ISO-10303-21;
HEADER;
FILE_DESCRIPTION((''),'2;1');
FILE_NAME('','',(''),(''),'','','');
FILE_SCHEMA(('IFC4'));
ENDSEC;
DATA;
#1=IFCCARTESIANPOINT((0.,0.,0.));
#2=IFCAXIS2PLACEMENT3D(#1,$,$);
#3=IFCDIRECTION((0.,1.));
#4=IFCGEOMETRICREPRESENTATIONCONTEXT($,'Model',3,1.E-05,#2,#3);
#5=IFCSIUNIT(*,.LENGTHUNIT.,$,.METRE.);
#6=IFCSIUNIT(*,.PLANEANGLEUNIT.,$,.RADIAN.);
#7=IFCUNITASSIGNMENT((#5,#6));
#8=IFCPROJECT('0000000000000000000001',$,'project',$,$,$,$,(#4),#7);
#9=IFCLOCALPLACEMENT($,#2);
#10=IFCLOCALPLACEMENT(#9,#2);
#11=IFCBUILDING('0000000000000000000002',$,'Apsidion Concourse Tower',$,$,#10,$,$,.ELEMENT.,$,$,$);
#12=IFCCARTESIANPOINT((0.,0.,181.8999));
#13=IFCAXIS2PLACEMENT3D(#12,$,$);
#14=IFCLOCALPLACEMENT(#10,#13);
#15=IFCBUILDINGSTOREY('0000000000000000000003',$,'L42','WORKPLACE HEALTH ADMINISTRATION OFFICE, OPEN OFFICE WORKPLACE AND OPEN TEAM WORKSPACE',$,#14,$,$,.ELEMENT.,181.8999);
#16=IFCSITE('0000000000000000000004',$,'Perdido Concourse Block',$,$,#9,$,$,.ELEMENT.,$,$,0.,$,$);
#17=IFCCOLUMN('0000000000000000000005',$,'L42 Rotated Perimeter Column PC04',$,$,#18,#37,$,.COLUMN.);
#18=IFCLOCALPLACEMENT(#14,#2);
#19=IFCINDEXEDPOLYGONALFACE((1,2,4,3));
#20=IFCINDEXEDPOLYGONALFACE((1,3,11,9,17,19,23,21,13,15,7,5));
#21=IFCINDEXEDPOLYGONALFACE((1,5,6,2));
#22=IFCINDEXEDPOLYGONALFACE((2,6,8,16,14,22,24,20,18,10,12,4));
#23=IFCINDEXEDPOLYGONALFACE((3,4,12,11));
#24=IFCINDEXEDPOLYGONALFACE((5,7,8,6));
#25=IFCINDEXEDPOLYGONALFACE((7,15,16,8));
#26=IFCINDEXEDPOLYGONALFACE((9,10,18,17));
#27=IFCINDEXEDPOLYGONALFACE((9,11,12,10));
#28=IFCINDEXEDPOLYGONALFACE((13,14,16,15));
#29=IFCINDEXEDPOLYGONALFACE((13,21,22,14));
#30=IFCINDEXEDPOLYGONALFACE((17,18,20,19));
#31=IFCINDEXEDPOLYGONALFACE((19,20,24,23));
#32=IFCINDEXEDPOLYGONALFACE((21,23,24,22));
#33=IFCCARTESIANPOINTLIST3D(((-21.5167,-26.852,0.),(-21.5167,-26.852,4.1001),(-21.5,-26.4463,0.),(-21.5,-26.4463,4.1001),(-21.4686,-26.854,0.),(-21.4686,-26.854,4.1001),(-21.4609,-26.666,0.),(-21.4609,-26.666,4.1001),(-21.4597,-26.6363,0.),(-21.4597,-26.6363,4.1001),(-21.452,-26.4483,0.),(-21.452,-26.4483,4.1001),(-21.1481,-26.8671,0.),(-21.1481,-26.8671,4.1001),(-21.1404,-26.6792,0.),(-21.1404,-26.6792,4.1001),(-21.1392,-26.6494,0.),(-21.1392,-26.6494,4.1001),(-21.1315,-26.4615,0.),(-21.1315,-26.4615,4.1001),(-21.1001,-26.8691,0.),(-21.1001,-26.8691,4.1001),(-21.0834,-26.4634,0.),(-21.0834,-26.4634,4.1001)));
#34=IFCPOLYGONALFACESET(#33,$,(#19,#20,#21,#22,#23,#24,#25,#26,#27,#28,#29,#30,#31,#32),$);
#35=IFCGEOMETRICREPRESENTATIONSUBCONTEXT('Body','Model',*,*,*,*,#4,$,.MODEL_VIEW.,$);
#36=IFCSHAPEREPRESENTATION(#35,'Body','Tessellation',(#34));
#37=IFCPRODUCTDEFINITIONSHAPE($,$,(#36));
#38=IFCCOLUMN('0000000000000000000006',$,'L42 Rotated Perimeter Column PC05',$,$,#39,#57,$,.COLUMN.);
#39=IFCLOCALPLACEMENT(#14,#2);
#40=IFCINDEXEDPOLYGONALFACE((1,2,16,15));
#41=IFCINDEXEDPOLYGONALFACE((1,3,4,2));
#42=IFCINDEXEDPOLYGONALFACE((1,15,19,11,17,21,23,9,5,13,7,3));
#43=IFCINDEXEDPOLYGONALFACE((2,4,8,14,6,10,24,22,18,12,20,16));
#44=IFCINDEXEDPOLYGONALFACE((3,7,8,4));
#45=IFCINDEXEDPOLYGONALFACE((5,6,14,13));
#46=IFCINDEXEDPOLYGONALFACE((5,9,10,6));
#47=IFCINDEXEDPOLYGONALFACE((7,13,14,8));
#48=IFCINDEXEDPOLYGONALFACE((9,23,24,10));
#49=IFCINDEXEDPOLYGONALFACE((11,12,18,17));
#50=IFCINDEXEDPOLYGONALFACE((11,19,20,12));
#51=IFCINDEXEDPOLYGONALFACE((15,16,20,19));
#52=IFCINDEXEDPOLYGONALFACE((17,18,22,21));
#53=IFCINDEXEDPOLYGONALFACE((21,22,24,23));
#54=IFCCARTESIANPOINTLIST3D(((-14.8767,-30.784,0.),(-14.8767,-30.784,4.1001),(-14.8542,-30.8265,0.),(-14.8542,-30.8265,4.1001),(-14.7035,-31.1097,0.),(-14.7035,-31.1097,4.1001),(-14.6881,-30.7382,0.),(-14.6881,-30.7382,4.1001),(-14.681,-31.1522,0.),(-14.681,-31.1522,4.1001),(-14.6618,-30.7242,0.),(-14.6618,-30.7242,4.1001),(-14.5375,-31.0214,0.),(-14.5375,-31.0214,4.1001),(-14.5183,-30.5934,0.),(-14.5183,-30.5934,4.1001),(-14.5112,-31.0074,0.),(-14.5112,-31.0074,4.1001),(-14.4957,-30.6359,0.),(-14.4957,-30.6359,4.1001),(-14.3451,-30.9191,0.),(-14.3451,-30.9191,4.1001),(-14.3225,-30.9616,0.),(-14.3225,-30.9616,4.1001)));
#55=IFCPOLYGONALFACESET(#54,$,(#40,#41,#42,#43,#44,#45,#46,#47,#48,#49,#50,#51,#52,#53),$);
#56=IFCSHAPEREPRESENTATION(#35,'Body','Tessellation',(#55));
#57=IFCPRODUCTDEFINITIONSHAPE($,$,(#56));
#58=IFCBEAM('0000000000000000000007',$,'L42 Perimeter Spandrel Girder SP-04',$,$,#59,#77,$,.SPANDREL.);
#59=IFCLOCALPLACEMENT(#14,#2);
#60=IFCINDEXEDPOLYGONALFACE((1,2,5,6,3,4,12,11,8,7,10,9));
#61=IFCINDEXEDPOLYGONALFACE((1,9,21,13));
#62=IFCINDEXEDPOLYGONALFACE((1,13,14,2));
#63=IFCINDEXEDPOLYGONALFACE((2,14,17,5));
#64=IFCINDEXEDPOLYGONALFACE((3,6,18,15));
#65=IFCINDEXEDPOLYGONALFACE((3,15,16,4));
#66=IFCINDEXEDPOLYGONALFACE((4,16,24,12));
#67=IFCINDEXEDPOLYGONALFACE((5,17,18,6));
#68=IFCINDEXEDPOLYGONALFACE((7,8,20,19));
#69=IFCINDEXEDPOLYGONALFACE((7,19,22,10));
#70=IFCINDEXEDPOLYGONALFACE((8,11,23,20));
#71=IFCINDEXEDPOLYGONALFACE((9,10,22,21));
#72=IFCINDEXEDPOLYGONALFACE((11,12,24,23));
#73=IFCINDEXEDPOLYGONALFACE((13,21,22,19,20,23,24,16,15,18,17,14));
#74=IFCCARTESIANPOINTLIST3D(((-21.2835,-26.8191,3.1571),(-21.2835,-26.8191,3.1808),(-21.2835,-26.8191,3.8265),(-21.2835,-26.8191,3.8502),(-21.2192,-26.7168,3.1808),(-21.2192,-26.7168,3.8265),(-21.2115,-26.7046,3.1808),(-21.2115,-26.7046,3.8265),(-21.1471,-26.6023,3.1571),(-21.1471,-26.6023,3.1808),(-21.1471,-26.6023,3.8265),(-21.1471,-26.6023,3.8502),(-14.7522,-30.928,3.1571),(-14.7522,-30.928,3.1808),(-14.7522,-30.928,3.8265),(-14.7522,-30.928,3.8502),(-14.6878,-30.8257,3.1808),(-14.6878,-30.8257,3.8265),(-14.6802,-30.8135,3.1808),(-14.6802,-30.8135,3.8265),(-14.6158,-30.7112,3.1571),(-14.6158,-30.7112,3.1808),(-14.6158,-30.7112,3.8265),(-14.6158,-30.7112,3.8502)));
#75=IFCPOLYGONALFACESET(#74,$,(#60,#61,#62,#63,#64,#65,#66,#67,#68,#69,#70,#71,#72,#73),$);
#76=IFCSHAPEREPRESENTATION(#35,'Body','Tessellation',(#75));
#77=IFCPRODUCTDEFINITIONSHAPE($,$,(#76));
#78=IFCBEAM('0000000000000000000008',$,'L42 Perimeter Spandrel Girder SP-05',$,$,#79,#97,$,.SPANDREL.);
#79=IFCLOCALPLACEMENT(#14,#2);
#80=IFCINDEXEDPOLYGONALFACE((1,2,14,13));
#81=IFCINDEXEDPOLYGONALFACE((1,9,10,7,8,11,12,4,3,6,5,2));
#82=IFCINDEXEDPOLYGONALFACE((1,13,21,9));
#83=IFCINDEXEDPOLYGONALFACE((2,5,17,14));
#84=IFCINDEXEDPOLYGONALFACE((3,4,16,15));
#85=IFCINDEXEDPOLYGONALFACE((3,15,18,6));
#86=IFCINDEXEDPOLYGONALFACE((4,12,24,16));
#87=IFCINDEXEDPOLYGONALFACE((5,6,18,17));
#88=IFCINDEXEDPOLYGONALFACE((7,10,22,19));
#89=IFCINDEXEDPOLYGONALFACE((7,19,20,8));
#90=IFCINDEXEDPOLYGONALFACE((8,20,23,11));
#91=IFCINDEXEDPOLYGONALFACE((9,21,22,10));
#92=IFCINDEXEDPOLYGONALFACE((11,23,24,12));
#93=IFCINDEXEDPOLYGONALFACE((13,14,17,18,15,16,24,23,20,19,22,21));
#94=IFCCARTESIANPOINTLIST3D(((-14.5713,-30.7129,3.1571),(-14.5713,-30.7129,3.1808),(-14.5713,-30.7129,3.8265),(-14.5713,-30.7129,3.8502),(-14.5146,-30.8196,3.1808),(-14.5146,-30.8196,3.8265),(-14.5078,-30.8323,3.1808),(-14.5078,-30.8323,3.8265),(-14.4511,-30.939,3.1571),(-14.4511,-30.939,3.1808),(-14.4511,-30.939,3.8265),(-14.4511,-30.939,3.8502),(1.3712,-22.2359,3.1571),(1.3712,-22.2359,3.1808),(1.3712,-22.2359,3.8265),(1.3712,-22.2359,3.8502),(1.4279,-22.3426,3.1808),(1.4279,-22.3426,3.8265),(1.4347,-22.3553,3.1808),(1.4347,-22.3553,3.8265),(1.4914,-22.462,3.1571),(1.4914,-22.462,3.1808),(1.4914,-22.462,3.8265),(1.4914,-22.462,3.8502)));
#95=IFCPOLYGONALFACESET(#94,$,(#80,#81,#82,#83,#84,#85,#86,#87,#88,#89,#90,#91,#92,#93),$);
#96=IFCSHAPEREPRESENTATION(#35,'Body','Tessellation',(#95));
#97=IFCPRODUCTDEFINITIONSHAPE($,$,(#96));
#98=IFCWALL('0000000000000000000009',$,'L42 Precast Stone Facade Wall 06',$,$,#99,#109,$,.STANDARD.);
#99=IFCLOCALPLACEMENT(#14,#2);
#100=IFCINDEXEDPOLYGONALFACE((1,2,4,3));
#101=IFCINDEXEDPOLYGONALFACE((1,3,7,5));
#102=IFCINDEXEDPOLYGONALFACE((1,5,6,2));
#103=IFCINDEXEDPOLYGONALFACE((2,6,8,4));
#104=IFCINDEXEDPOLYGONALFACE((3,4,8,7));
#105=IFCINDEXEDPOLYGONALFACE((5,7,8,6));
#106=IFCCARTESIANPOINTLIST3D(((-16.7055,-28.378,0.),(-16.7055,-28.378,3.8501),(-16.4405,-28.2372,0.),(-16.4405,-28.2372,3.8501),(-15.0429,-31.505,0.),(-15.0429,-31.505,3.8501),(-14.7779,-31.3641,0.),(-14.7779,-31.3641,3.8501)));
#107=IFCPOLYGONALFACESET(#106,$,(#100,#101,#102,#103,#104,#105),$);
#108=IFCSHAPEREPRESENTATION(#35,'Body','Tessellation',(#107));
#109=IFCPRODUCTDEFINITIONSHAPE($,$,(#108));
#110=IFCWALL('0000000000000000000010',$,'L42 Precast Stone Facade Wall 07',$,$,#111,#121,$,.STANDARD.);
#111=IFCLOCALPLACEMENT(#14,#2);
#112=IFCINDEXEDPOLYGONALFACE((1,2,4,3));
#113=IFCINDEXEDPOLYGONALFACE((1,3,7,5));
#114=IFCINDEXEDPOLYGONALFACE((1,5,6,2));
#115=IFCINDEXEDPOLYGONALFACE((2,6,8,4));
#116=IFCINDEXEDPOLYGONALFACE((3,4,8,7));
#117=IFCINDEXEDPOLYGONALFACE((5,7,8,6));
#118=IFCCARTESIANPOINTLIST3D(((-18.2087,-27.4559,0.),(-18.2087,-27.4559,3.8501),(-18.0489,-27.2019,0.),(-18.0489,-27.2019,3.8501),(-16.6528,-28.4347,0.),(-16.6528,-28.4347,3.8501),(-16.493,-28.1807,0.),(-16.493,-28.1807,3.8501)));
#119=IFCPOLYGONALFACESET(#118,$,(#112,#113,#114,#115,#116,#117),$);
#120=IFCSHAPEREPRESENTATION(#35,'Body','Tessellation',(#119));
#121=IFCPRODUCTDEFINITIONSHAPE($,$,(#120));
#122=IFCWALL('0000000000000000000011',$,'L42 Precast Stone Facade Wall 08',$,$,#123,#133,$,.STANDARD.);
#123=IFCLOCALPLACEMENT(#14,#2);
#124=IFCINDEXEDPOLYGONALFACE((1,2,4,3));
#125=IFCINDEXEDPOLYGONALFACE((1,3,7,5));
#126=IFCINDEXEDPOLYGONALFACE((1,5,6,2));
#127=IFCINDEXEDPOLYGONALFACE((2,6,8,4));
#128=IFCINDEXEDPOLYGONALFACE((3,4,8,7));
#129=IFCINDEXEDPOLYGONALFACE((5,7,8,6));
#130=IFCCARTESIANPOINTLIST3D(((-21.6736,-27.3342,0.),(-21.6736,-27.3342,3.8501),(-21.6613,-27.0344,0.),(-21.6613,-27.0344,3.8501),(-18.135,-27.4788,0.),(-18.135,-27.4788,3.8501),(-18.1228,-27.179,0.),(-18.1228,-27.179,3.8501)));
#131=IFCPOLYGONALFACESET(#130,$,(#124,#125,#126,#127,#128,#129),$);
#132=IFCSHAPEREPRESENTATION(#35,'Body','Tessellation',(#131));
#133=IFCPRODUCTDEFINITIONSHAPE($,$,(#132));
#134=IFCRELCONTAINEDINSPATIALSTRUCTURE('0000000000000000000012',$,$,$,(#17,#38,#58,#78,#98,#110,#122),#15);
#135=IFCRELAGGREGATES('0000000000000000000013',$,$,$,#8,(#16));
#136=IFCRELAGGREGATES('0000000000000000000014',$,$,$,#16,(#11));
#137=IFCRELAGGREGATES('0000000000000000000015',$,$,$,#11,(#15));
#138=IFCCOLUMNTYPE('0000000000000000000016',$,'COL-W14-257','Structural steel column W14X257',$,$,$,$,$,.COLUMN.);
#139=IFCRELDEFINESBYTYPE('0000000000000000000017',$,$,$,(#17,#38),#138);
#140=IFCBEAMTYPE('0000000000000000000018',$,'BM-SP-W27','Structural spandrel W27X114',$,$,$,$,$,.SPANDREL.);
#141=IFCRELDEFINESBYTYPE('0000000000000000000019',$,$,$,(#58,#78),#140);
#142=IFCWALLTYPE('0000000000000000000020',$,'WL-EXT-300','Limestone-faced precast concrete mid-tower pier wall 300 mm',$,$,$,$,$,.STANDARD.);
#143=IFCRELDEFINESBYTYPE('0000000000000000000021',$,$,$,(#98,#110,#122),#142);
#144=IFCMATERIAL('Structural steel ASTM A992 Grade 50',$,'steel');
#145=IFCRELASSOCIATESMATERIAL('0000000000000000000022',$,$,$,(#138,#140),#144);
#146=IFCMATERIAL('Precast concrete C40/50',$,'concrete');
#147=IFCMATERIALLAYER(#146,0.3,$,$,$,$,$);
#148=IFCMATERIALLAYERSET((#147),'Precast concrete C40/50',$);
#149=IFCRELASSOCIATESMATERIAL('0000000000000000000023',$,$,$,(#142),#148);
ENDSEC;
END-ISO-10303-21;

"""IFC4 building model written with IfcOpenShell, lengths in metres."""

from ifc_helpers import new_model, si_unit, direction, frame, frame_2d, origin, origin_2d, place, context, subcontext, project, spatial, rectangle, i_section, extrude, material, layer, layer_set, material_profile, profile_set, type_object, element, save


model = new_model("IFC4")

# Units and contexts
model_context = context("Model", 3, precision=1e-05, world=origin(), true_north=direction((0.0, 1.0)))
body_context = subcontext(model_context, "Body", "Model", "MODEL_VIEW")
ifc_project = project(units=[si_unit("LENGTHUNIT", "METRE"), si_unit("PLANEANGLEUNIT", "RADIAN")], contexts=[model_context])

# Site, building, storey
site_placement = place(None, origin())
site = spatial("IfcSite", under=ifc_project, at=site_placement, Name="Perdido Concourse Block", CompositionType="ELEMENT", RefElevation=0.0)
building_placement = place(site_placement, origin())
building = spatial("IfcBuilding", under=site, at=building_placement, Name="Apsidion Concourse Tower", CompositionType="ELEMENT")
storey_placement = place(building_placement, frame((0.0, 0.0, 181.8999)))
storey = spatial("IfcBuildingStorey", under=building, at=storey_placement, Name="L42", Description="WORKPLACE HEALTH ADMINISTRATION OFFICE, OPEN OFFICE WORKPLACE AND OPEN TEAM WORKSPACE", CompositionType="ELEMENT", Elevation=181.8999)

# Columns
ifc_material_1 = material(Name="Structural steel ASTM A992 Grade 50", Category="steel")
ifc_material_profile_1 = material_profile(ifc_material_1, i_section(OverallWidth=0.406, OverallDepth=0.417, WebThickness=0.0298, FlangeThickness=0.0481, at=origin_2d()), Name="W14X257")
ifc_profile_set_1 = profile_set([ifc_material_profile_1], Name="Structural steel ASTM A992 Grade 50")
column_type = type_object("IfcColumnType", Name="COL-W14-257", Description="Structural steel column W14X257", PredefinedType="COLUMN", material=ifc_profile_set_1)
for number, where, z_axis, x_axis, name in (
    (1, (-21.3, -26.6577, 0.0), (0.0, 0.0, 1.0), (0.041004, 0.999159, 0.0), "L42 Rotated Perimeter Column PC04"),
    (2, (-14.5996, -30.8728, 0.0), (0.0, 0.0, 1.0), (0.882948, 0.469472, 0.0), "L42 Rotated Perimeter Column PC05"),
):
    element("IfcColumn", number, at=place(storey_placement, frame(where, z_axis=z_axis, x_axis=x_axis)), inside=storey, type_object=column_type, Name=name, PredefinedType="COLUMN", context=body_context, shape_type="SweptSolid", body=[
        extrude(i_section(OverallWidth=0.406, OverallDepth=0.417, WebThickness=0.0298, FlangeThickness=0.0481, at=origin_2d()), origin(), (0.0, 0.0, 1.0), 4.1001),
    ])

# Beams
ifc_material_profile_2 = material_profile(ifc_material_1, i_section(OverallWidth=0.2561, OverallDepth=0.6931, WebThickness=0.0144, FlangeThickness=0.0237, at=origin_2d()), Name="W27X114")
ifc_profile_set_2 = profile_set([ifc_material_profile_2], Name="Structural steel ASTM A992 Grade 50")
beam_type = type_object("IfcBeamType", Name="BM-SP-W27", Description="Structural spandrel W27X114", PredefinedType="SPANDREL", material=ifc_profile_set_2)
beam_1_placement = place(storey_placement, frame((-21.2153, -26.7107, 3.5037), z_axis=(0.84643, -0.532499, 0.0), x_axis=(0.532499, 0.84643, 0.0)))
element("IfcBeam", 3, at=beam_1_placement, inside=storey, type_object=beam_type, Name="L42 Perimeter Spandrel Girder SP-04", PredefinedType="SPANDREL", context=body_context, shape_type="SweptSolid", body=[
    extrude(i_section(OverallWidth=0.2561, OverallDepth=0.6931, WebThickness=0.0144, FlangeThickness=0.0237, at=origin_2d()), origin(), (0.0, 0.0, 1.0), 7.7163),
])
beam_2_placement = place(storey_placement, frame((-14.5112, -30.8259, 3.5037), z_axis=(0.882943, 0.46948, 0.0), x_axis=(-0.46948, 0.882943, 0.0)))
element("IfcBeam", 4, at=beam_2_placement, inside=storey, type_object=beam_type, Name="L42 Perimeter Spandrel Girder SP-05", PredefinedType="SPANDREL", context=body_context, shape_type="SweptSolid", body=[
    extrude(i_section(OverallWidth=0.2561, OverallDepth=0.6931, WebThickness=0.0144, FlangeThickness=0.0237, at=origin_2d()), origin(), (0.0, 0.0, 1.0), 18.0562),
])

# Walls
ifc_material_2 = material(Name="Precast concrete C40/50", Category="concrete")
ifc_layer_1 = layer(ifc_material_2, 0.3)
ifc_layer_set_1 = layer_set([ifc_layer_1], Name="Precast concrete C40/50")
wall_type_1 = type_object("IfcWallType", Name="WL-EXT-300", Description="Limestone-faced precast concrete mid-tower pier wall 300 mm", PredefinedType="STANDARD", material=ifc_layer_set_1)
wall_1_placement = place(storey_placement, frame((-14.9104, -31.4346, 0.0), z_axis=(0.0, 0.0, 1.0), x_axis=(-0.469464, 0.882951, 0.0)))
element("IfcWall", 5, at=wall_1_placement, inside=storey, type_object=wall_type_1, Name="L42 Precast Stone Facade Wall 06", PredefinedType="STANDARD", context=body_context, shape_type="SweptSolid", body=[
    extrude(rectangle(XDim=3.5415, YDim=0.3, at=frame_2d((1.7708, 0.0))), origin(), (0.0, 0.0, 1.0), 3.8501),
])
wall_2_placement = place(storey_placement, frame((-16.573, -28.3076, 0.0), z_axis=(0.0, 0.0, 1.0), x_axis=(-0.84645, 0.532468, 0.0)))
element("IfcWall", 6, at=wall_2_placement, inside=storey, type_object=wall_type_1, Name="L42 Precast Stone Facade Wall 07", PredefinedType="STANDARD", context=body_context, shape_type="SweptSolid", body=[
    extrude(rectangle(XDim=1.8381, YDim=0.3, at=frame_2d((0.9189, 0.0))), origin(), (0.0, 0.0, 1.0), 3.8501),
])
wall_3_placement = place(storey_placement, frame((-18.1289, -27.3289, 0.0), z_axis=(0.0, 0.0, 1.0), x_axis=(-0.999167, 0.04081, 0.0)))
element("IfcWall", 7, at=wall_3_placement, inside=storey, type_object=wall_type_1, Name="L42 Precast Stone Facade Wall 08", PredefinedType="STANDARD", context=body_context, shape_type="SweptSolid", body=[
    extrude(rectangle(XDim=3.5415, YDim=0.3, at=frame_2d((1.7708, 0.0))), origin(), (0.0, 0.0, 1.0), 3.8501),
])

save(model, "model.ifc")
